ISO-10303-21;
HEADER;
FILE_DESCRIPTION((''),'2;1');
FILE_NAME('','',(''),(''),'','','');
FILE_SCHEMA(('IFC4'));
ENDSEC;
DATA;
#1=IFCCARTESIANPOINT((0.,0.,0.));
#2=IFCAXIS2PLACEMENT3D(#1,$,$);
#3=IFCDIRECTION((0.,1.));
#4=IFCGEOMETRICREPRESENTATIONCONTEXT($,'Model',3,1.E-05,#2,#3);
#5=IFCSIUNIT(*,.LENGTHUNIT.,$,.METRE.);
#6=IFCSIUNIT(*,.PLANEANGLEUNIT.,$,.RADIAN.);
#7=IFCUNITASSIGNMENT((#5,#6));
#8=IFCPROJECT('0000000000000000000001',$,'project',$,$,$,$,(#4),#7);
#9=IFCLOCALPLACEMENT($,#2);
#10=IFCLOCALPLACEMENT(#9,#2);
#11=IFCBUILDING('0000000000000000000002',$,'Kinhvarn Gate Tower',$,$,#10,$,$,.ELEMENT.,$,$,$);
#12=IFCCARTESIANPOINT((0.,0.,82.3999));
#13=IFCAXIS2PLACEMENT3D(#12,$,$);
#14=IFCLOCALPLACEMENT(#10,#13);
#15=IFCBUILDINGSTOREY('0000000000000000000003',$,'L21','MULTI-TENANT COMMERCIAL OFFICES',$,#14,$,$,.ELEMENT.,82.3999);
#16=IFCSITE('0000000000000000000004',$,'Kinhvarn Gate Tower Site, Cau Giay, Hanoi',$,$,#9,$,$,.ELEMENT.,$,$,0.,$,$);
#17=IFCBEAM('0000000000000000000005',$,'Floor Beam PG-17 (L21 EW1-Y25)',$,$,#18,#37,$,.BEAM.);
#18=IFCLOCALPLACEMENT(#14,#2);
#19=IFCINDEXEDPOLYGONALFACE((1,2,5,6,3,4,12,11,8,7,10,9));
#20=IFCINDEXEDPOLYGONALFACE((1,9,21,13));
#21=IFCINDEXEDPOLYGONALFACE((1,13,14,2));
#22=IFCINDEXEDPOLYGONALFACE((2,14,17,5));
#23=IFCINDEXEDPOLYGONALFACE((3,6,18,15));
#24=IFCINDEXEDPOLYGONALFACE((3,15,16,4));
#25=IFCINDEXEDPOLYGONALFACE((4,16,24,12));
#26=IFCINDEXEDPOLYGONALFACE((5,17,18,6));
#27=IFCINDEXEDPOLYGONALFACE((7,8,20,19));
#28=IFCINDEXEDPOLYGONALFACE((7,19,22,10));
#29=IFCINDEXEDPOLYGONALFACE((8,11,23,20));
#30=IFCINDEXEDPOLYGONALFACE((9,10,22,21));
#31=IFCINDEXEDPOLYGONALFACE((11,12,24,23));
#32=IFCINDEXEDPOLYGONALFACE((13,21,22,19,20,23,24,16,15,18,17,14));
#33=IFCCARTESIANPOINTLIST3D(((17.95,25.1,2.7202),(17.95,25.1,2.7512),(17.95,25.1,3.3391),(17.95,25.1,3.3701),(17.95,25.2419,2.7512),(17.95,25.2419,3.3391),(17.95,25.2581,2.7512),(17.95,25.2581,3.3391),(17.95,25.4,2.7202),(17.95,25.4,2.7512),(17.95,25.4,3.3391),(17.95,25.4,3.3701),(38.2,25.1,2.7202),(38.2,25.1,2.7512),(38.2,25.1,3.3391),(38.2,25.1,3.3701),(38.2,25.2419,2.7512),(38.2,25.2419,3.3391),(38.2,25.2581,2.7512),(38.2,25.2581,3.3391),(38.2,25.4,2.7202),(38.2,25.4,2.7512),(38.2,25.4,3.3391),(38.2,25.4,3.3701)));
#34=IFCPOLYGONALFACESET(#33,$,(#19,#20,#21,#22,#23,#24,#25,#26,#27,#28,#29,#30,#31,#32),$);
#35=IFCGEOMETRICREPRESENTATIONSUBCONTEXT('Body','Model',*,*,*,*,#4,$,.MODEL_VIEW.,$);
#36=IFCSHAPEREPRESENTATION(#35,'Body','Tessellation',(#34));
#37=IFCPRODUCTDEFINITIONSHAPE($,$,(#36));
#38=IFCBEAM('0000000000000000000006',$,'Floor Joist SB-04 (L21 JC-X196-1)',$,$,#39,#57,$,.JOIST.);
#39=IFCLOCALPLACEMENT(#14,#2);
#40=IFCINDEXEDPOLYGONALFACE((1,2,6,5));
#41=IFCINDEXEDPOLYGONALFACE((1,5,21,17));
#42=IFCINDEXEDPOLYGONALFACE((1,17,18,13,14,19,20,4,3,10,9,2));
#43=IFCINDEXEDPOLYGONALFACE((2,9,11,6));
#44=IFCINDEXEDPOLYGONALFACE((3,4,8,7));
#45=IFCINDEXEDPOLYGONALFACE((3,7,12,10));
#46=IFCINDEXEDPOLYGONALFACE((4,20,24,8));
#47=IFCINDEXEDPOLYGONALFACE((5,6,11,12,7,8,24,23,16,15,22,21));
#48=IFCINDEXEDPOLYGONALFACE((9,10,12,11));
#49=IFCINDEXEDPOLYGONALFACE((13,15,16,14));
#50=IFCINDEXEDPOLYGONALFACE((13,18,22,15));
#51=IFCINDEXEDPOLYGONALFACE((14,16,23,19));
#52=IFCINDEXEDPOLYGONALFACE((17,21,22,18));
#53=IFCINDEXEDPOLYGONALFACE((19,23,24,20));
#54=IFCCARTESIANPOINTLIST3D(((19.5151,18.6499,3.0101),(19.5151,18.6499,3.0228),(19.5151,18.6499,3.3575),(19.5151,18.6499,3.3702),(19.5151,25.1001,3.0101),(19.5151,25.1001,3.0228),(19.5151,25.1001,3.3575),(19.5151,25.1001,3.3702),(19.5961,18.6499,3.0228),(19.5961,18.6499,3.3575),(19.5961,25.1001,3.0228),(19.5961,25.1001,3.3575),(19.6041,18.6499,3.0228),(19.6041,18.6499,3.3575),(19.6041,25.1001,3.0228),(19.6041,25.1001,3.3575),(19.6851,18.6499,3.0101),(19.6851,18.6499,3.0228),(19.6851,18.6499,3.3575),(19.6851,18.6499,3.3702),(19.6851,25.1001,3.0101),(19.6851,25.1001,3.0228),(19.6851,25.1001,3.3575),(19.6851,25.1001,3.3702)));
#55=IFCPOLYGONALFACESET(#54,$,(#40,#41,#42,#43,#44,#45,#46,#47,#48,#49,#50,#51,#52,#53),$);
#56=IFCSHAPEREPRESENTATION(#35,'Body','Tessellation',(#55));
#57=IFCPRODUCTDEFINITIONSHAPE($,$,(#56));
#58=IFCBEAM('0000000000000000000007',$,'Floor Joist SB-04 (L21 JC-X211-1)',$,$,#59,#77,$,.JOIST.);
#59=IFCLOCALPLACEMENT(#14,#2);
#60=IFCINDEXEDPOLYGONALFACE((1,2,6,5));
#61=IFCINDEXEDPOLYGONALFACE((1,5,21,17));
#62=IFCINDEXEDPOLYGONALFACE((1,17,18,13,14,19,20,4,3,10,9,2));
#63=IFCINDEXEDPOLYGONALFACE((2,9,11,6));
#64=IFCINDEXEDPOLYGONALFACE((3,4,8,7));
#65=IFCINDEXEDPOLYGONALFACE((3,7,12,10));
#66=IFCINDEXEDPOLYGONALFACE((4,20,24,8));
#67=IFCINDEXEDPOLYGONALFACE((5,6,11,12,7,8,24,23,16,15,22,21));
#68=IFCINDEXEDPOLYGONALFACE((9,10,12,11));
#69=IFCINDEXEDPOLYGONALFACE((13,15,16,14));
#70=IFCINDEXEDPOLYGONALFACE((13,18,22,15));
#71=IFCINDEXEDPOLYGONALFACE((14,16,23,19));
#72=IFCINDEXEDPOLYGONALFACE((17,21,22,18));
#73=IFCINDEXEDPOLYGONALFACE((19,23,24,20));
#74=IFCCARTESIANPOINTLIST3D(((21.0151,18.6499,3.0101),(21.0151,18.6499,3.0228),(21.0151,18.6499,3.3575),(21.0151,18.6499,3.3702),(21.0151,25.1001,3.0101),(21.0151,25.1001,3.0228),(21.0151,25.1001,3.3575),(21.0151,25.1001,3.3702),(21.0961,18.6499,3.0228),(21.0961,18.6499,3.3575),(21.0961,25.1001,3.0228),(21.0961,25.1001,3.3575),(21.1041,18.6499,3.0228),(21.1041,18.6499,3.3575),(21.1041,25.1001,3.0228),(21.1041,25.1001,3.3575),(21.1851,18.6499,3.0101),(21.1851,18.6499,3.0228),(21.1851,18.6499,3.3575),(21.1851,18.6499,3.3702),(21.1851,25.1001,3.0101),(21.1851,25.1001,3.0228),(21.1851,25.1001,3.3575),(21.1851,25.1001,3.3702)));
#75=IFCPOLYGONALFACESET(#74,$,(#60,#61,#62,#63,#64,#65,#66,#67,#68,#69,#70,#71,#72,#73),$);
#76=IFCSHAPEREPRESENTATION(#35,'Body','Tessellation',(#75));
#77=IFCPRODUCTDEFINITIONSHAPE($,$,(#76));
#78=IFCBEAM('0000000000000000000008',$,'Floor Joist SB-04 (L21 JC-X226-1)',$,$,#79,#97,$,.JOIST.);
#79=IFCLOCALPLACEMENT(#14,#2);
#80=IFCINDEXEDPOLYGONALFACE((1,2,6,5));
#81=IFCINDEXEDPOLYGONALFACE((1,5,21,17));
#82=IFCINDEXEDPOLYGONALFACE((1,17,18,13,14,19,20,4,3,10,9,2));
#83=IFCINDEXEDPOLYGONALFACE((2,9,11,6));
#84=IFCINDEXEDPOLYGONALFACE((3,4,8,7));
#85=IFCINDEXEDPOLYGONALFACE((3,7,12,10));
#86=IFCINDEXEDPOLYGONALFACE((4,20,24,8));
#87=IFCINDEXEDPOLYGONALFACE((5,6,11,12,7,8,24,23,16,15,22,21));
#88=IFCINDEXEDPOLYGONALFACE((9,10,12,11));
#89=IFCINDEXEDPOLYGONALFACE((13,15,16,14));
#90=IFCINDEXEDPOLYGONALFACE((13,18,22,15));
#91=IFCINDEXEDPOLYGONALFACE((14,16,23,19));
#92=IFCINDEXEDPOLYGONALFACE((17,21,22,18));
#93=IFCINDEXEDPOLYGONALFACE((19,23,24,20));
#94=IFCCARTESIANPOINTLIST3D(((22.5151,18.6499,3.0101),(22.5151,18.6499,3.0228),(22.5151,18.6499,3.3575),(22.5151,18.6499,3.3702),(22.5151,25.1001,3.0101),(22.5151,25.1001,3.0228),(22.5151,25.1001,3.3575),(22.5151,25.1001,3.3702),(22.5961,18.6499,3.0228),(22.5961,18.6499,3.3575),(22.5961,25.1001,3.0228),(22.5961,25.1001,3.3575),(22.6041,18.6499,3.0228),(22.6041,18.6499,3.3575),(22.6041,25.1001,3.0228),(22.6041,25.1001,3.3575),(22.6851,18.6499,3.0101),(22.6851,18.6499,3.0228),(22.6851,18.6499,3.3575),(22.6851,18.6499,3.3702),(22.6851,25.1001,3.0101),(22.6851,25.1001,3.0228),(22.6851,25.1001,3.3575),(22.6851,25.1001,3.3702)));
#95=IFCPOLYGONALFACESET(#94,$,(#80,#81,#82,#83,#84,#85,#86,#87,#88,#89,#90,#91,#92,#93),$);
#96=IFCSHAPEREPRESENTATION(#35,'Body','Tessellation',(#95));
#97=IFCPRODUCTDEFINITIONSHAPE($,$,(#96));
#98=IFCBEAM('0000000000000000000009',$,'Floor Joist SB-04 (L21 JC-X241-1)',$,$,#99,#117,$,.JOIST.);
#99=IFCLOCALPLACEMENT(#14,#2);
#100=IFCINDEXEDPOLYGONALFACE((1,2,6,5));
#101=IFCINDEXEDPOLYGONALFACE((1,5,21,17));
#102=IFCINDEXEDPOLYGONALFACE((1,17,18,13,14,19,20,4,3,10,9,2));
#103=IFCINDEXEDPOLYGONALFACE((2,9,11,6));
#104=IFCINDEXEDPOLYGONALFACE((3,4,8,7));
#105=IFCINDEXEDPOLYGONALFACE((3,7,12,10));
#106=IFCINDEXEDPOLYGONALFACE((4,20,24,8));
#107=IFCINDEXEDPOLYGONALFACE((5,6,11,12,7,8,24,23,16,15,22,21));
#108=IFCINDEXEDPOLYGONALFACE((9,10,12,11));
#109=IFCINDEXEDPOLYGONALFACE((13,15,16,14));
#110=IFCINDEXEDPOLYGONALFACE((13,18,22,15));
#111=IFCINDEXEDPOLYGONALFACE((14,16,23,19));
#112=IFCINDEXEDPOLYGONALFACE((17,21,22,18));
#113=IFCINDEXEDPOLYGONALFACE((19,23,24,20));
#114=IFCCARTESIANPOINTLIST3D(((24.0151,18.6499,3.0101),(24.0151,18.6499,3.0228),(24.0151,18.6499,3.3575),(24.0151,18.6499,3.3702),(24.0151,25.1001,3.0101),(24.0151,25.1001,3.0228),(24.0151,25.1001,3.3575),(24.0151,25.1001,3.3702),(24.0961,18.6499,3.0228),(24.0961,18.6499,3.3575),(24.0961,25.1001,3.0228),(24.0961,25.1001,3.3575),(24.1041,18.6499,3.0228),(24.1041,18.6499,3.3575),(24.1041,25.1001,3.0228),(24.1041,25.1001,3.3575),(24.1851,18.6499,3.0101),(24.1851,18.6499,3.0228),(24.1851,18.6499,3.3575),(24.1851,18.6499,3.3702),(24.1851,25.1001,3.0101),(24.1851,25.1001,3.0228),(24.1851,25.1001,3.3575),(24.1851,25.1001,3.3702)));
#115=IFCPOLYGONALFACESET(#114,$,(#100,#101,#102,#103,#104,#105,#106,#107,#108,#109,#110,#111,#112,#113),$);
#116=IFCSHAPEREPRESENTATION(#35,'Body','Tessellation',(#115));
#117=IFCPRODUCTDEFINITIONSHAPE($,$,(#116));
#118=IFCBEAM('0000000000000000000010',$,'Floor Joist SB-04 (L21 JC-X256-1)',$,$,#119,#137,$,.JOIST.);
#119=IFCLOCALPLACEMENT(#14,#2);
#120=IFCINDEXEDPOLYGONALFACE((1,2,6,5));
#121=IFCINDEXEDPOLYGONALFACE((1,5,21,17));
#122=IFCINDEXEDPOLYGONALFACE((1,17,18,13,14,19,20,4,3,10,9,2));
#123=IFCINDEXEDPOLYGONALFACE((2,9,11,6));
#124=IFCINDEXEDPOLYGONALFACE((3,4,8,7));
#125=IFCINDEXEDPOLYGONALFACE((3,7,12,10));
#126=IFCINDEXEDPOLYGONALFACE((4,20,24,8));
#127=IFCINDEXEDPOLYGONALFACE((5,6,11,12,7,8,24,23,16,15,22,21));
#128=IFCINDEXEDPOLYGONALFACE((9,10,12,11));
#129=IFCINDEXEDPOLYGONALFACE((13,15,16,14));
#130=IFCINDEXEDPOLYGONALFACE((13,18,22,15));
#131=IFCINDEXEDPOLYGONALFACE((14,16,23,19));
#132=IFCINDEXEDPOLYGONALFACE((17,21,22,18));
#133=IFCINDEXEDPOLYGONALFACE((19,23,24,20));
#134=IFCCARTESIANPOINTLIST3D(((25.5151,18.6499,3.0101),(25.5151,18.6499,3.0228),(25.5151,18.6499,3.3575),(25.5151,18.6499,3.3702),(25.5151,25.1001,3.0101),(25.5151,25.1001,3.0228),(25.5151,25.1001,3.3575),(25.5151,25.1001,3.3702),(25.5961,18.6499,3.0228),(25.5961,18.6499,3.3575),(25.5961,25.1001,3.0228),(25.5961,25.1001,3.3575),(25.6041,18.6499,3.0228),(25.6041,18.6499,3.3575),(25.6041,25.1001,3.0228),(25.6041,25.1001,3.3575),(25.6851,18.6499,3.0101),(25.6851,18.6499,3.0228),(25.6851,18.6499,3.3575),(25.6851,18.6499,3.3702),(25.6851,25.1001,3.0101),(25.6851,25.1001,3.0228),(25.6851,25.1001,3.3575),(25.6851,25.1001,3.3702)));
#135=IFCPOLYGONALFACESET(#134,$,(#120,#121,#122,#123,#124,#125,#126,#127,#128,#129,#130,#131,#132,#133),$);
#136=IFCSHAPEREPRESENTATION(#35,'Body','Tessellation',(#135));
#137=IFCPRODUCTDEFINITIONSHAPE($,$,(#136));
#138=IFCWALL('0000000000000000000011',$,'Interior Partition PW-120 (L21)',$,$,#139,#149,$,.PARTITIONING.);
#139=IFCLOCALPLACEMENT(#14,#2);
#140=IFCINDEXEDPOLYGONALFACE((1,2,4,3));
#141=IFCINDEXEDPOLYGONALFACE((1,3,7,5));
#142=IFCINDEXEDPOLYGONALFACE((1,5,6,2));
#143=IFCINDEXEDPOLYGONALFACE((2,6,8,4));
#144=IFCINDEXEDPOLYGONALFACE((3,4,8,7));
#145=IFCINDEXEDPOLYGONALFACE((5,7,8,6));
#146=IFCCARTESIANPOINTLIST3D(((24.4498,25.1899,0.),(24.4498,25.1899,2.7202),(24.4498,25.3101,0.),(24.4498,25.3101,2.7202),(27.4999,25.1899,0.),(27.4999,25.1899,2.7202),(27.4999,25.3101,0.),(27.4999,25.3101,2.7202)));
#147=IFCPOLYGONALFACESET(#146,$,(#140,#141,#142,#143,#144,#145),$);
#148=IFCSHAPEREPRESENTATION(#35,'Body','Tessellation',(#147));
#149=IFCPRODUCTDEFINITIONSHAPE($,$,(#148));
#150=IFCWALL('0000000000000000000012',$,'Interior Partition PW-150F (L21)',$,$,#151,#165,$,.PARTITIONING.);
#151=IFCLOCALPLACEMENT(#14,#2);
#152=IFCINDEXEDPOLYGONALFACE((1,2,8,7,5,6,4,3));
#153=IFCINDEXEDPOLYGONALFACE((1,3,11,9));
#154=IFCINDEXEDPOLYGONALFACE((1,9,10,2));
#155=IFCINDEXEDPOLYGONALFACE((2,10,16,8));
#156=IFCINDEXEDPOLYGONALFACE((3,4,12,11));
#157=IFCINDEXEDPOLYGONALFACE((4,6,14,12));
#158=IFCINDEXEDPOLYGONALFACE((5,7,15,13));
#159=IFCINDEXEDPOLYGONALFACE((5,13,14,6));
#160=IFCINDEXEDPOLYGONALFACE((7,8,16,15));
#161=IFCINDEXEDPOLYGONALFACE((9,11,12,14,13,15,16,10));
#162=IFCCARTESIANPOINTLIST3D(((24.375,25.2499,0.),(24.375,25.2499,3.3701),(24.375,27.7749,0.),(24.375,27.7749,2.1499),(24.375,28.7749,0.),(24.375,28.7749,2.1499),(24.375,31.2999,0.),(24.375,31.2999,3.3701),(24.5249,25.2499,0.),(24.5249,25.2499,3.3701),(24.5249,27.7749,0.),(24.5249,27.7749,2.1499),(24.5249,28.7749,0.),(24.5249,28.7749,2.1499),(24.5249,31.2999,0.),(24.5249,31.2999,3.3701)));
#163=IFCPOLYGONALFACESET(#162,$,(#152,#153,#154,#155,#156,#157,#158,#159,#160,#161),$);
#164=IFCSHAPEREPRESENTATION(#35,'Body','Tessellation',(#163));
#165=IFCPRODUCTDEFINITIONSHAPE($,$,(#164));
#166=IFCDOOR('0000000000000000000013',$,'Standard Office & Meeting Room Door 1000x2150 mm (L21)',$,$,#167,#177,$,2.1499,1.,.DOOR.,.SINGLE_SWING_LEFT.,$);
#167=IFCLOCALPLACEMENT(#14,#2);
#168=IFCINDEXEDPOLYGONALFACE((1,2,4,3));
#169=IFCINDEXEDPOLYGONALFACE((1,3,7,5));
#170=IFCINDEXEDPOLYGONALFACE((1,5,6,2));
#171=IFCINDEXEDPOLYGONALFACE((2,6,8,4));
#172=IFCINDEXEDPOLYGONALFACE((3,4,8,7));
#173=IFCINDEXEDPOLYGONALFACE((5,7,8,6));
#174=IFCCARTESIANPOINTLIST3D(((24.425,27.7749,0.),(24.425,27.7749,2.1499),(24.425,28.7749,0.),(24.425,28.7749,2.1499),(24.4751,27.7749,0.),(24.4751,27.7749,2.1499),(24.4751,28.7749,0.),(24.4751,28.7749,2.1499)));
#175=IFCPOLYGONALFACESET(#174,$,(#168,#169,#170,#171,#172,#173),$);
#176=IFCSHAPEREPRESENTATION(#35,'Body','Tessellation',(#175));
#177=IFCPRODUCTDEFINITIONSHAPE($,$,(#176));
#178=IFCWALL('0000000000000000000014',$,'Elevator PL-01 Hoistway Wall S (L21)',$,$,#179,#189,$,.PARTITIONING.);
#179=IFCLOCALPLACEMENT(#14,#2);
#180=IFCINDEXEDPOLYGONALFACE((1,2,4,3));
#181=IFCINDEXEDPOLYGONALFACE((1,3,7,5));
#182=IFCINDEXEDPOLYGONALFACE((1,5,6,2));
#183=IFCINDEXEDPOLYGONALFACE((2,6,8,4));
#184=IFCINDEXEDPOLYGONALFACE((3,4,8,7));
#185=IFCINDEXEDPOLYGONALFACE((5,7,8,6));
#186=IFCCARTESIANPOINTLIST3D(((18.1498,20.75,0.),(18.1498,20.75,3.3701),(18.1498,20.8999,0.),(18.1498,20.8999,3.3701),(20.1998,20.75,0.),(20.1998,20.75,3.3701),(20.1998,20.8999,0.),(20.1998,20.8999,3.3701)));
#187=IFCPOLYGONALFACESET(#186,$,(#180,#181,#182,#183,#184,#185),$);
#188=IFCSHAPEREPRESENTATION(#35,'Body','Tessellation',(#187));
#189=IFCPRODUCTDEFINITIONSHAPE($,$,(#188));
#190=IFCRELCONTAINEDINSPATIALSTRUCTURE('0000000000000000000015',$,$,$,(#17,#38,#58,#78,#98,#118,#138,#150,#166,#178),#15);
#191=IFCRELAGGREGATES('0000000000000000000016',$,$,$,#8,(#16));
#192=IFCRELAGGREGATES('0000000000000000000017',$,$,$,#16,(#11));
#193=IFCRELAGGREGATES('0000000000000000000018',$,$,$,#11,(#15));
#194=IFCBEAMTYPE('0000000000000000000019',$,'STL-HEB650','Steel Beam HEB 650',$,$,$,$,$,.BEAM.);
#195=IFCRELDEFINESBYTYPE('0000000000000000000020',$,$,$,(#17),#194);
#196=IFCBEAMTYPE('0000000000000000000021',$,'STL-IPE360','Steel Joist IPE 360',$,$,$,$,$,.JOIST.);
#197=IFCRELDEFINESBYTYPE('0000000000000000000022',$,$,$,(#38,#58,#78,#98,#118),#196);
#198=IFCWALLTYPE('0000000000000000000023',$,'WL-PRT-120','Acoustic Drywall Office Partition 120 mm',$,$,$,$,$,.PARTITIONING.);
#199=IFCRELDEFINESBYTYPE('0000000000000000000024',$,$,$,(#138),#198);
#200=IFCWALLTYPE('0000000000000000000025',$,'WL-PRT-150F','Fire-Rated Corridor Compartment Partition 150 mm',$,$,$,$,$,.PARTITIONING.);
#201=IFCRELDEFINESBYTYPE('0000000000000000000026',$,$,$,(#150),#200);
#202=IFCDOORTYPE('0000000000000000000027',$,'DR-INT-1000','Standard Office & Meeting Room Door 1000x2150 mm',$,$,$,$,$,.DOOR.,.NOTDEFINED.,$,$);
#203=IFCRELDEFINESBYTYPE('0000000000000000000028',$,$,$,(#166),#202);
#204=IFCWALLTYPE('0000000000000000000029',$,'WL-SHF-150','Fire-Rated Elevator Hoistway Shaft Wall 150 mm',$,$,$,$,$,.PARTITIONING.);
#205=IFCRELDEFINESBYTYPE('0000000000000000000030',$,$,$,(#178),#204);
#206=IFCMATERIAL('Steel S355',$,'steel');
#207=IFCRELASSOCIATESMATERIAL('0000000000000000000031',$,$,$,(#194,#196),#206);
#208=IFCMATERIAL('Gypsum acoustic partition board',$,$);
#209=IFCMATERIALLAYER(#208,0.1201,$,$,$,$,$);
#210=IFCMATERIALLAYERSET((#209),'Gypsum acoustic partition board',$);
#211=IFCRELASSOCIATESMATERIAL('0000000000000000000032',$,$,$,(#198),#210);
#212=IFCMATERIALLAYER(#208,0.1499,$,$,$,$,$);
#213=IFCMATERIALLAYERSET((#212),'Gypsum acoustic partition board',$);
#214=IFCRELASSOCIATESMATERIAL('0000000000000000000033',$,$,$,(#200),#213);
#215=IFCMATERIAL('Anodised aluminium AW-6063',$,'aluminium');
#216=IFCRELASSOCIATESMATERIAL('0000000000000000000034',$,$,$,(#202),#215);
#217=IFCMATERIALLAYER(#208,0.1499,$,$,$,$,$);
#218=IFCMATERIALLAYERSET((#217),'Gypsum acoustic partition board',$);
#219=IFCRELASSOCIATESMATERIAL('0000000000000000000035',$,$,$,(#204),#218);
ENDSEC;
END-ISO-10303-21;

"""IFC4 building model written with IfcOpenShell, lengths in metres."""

from ifc_helpers import new_model, si_unit, direction, frame, frame_2d, origin, origin_2d, place, context, subcontext, project, spatial, rectangle, i_section, extrude, material, layer, layer_set, material_profile, profile_set, type_object, element, fill, save


model = new_model("IFC4")

# Units and contexts
model_context = context("Model", 3, precision=1e-05, world=origin(), true_north=direction((0.0, 1.0)))
body_context = subcontext(model_context, "Body", "Model", "MODEL_VIEW")
ifc_project = project(units=[si_unit("LENGTHUNIT", "METRE"), si_unit("PLANEANGLEUNIT", "RADIAN")], contexts=[model_context])

# Site, building, storey
site_placement = place(None, origin())
site = spatial("IfcSite", under=ifc_project, at=site_placement, Name="Kinhvarn Gate Tower Site, Cau Giay, Hanoi", CompositionType="ELEMENT", RefElevation=0.0)
building_placement = place(site_placement, origin())
building = spatial("IfcBuilding", under=site, at=building_placement, Name="Kinhvarn Gate Tower", CompositionType="ELEMENT")
storey_placement = place(building_placement, frame((0.0, 0.0, 82.3999)))
storey = spatial("IfcBuildingStorey", under=building, at=storey_placement, Name="L21", Description="MULTI-TENANT COMMERCIAL OFFICES", CompositionType="ELEMENT", Elevation=82.3999)

# Beams
ifc_material_1 = material(Name="Steel S355", Category="steel")
ifc_material_profile_1 = material_profile(ifc_material_1, i_section(OverallWidth=0.3, OverallDepth=0.6499, WebThickness=0.0161, FlangeThickness=0.031, at=origin_2d()), Name="HEB 650")
ifc_profile_set_1 = profile_set([ifc_material_profile_1], Name="Steel S355")
beam_type_1 = type_object("IfcBeamType", Name="STL-HEB650", Description="Steel Beam HEB 650", PredefinedType="BEAM", material=ifc_profile_set_1)
beam_placement = place(storey_placement, frame((17.95, 25.25, 3.0452), z_axis=(1.0, 0.0, 0.0), x_axis=(0.0, 1.0, 0.0)))
element("IfcBeam", 1, at=beam_placement, inside=storey, type_object=beam_type_1, Name="Floor Beam PG-17 (L21 EW1-Y25)", PredefinedType="BEAM", context=body_context, shape_type="SweptSolid", body=[
    extrude(i_section(OverallWidth=0.3, OverallDepth=0.6499, WebThickness=0.0161, FlangeThickness=0.031, at=origin_2d()), origin(), (0.0, 0.0, 1.0), 20.25),
])
ifc_material_profile_2 = material_profile(ifc_material_1, i_section(OverallWidth=0.1699, OverallDepth=0.3601, WebThickness=0.0081, FlangeThickness=0.0127, at=origin_2d()), Name="IPE 360")
ifc_profile_set_2 = profile_set([ifc_material_profile_2], Name="Steel S355")
beam_type_2 = type_object("IfcBeamType", Name="STL-IPE360", Description="Steel Joist IPE 360", PredefinedType="JOIST", material=ifc_profile_set_2)
for number, where, z_axis, x_axis, name in (
    (2, (19.6001, 18.6499, 3.1902), (0.0, 1.0, 0.0), (-1.0, 0.0, 0.0), "Floor Joist SB-04 (L21 JC-X196-1)"),
    (3, (21.1001, 18.6499, 3.1902), (0.0, 1.0, 0.0), (-1.0, 0.0, 0.0), "Floor Joist SB-04 (L21 JC-X211-1)"),
    (4, (22.6001, 18.6499, 3.1902), (0.0, 1.0, 0.0), (-1.0, 0.0, 0.0), "Floor Joist SB-04 (L21 JC-X226-1)"),
    (5, (24.1001, 18.6499, 3.1902), (0.0, 1.0, 0.0), (-1.0, 0.0, 0.0), "Floor Joist SB-04 (L21 JC-X241-1)"),
    (6, (25.6001, 18.6499, 3.1902), (0.0, 1.0, 0.0), (-1.0, 0.0, 0.0), "Floor Joist SB-04 (L21 JC-X256-1)"),
):
    element("IfcBeam", number, at=place(storey_placement, frame(where, z_axis=z_axis, x_axis=x_axis)), inside=storey, type_object=beam_type_2, Name=name, PredefinedType="JOIST", context=body_context, shape_type="SweptSolid", body=[
        extrude(i_section(OverallWidth=0.1699, OverallDepth=0.3601, WebThickness=0.0081, FlangeThickness=0.0127, at=origin_2d()), origin(), (0.0, 0.0, 1.0), 6.4502),
    ])

# Wall
ifc_material_2 = material(Name="Gypsum acoustic partition board")
ifc_layer_1 = layer(ifc_material_2, 0.1201)
ifc_layer_set_1 = layer_set([ifc_layer_1], Name="Gypsum acoustic partition board")
wall_type_1 = type_object("IfcWallType", Name="WL-PRT-120", Description="Acoustic Drywall Office Partition 120 mm", PredefinedType="PARTITIONING", material=ifc_layer_set_1)
wall_1_placement = place(storey_placement, frame((24.45, 25.25, 0.0), z_axis=(0.0, 0.0, 1.0), x_axis=(1.0, 0.0, 0.0)))
element("IfcWall", 7, at=wall_1_placement, inside=storey, type_object=wall_type_1, Name="Interior Partition PW-120 (L21)", PredefinedType="PARTITIONING", context=body_context, shape_type="SweptSolid", body=[
    extrude(rectangle(XDim=3.05, YDim=0.1201, at=frame_2d((1.5249, 0.0))), origin(), (0.0, 0.0, 1.0), 2.7202),
])

# Wall, opening, door
ifc_layer_2 = layer(ifc_material_2, 0.1499)
ifc_layer_set_2 = layer_set([ifc_layer_2], Name="Gypsum acoustic partition board")
wall_type_2 = type_object("IfcWallType", Name="WL-PRT-150F", Description="Fire-Rated Corridor Compartment Partition 150 mm", PredefinedType="PARTITIONING", material=ifc_layer_set_2)
wall_2_placement = place(storey_placement, frame((24.45, 25.25, 0.0), z_axis=(0.0, 0.0, 1.0), x_axis=(0.0, 1.0, 0.0)))
wall_2 = element("IfcWall", 8, at=wall_2_placement, inside=storey, type_object=wall_type_2, Name="Interior Partition PW-150F (L21)", PredefinedType="PARTITIONING", context=body_context, shape_type="SweptSolid", body=[
    extrude(rectangle(XDim=6.05, YDim=0.1499, at=frame_2d((3.0249, 0.0))), origin(), (0.0, 0.0, 1.0), 3.3701),
])
opening_1_placement = place(wall_2_placement, frame((2.5249, 0.0, 0.0)))
opening_1 = element("IfcOpeningElement", 9, at=opening_1_placement, cuts=wall_2, PredefinedType="OPENING", context=body_context, shape_type="SweptSolid", body=[
    extrude(rectangle(XDim=1.0, YDim=2.1499, at=frame_2d((0.5, 1.075))), frame((0.0, 0.085, 0.0), z_axis=(0.0, -1.0, 0.0), x_axis=(1.0, 0.0, 0.0)), (0.0, 0.0, 1.0), 0.1699),
])
ifc_material_3 = material(Name="Anodised aluminium AW-6063", Category="aluminium")
door_type_1 = type_object("IfcDoorType", Name="DR-INT-1000", Description="Standard Office & Meeting Room Door 1000x2150 mm", OperationType="NOTDEFINED", PredefinedType="DOOR", material=ifc_material_3)
door_1_placement = place(opening_1_placement, origin())
door_1 = element("IfcDoor", 10, at=door_1_placement, inside=storey, type_object=door_type_1, Name="Standard Office & Meeting Room Door 1000x2150 mm (L21)", OperationType="SINGLE_SWING_LEFT", OverallHeight=2.1499, OverallWidth=1.0, PredefinedType="DOOR", context=body_context, shape_type="SweptSolid", body=[
    extrude(rectangle(XDim=1.0, YDim=2.1499, at=frame_2d((0.5, 1.075))), frame((0.0, 0.0249, 0.0), z_axis=(0.0, -1.0, 0.0), x_axis=(1.0, 0.0, 0.0)), (0.0, 0.0, 1.0), 0.05),
])
fill(opening_1, door_1)

# Wall
ifc_layer_3 = layer(ifc_material_2, 0.1499)
ifc_layer_set_3 = layer_set([ifc_layer_3], Name="Gypsum acoustic partition board")
wall_type_3 = type_object("IfcWallType", Name="WL-SHF-150", Description="Fire-Rated Elevator Hoistway Shaft Wall 150 mm", PredefinedType="PARTITIONING", material=ifc_layer_set_3)
wall_3_placement = place(storey_placement, frame((18.1499, 20.825, 0.0), z_axis=(0.0, 0.0, 1.0), x_axis=(1.0, 0.0, 0.0)))
element("IfcWall", 11, at=wall_3_placement, inside=storey, type_object=wall_type_3, Name="Elevator PL-01 Hoistway Wall S (L21)", PredefinedType="PARTITIONING", context=body_context, shape_type="SweptSolid", body=[
    extrude(rectangle(XDim=2.05, YDim=0.1499, at=frame_2d((1.0249, 0.0))), origin(), (0.0, 0.0, 1.0), 3.3701),
])

save(model, "model.ifc")
